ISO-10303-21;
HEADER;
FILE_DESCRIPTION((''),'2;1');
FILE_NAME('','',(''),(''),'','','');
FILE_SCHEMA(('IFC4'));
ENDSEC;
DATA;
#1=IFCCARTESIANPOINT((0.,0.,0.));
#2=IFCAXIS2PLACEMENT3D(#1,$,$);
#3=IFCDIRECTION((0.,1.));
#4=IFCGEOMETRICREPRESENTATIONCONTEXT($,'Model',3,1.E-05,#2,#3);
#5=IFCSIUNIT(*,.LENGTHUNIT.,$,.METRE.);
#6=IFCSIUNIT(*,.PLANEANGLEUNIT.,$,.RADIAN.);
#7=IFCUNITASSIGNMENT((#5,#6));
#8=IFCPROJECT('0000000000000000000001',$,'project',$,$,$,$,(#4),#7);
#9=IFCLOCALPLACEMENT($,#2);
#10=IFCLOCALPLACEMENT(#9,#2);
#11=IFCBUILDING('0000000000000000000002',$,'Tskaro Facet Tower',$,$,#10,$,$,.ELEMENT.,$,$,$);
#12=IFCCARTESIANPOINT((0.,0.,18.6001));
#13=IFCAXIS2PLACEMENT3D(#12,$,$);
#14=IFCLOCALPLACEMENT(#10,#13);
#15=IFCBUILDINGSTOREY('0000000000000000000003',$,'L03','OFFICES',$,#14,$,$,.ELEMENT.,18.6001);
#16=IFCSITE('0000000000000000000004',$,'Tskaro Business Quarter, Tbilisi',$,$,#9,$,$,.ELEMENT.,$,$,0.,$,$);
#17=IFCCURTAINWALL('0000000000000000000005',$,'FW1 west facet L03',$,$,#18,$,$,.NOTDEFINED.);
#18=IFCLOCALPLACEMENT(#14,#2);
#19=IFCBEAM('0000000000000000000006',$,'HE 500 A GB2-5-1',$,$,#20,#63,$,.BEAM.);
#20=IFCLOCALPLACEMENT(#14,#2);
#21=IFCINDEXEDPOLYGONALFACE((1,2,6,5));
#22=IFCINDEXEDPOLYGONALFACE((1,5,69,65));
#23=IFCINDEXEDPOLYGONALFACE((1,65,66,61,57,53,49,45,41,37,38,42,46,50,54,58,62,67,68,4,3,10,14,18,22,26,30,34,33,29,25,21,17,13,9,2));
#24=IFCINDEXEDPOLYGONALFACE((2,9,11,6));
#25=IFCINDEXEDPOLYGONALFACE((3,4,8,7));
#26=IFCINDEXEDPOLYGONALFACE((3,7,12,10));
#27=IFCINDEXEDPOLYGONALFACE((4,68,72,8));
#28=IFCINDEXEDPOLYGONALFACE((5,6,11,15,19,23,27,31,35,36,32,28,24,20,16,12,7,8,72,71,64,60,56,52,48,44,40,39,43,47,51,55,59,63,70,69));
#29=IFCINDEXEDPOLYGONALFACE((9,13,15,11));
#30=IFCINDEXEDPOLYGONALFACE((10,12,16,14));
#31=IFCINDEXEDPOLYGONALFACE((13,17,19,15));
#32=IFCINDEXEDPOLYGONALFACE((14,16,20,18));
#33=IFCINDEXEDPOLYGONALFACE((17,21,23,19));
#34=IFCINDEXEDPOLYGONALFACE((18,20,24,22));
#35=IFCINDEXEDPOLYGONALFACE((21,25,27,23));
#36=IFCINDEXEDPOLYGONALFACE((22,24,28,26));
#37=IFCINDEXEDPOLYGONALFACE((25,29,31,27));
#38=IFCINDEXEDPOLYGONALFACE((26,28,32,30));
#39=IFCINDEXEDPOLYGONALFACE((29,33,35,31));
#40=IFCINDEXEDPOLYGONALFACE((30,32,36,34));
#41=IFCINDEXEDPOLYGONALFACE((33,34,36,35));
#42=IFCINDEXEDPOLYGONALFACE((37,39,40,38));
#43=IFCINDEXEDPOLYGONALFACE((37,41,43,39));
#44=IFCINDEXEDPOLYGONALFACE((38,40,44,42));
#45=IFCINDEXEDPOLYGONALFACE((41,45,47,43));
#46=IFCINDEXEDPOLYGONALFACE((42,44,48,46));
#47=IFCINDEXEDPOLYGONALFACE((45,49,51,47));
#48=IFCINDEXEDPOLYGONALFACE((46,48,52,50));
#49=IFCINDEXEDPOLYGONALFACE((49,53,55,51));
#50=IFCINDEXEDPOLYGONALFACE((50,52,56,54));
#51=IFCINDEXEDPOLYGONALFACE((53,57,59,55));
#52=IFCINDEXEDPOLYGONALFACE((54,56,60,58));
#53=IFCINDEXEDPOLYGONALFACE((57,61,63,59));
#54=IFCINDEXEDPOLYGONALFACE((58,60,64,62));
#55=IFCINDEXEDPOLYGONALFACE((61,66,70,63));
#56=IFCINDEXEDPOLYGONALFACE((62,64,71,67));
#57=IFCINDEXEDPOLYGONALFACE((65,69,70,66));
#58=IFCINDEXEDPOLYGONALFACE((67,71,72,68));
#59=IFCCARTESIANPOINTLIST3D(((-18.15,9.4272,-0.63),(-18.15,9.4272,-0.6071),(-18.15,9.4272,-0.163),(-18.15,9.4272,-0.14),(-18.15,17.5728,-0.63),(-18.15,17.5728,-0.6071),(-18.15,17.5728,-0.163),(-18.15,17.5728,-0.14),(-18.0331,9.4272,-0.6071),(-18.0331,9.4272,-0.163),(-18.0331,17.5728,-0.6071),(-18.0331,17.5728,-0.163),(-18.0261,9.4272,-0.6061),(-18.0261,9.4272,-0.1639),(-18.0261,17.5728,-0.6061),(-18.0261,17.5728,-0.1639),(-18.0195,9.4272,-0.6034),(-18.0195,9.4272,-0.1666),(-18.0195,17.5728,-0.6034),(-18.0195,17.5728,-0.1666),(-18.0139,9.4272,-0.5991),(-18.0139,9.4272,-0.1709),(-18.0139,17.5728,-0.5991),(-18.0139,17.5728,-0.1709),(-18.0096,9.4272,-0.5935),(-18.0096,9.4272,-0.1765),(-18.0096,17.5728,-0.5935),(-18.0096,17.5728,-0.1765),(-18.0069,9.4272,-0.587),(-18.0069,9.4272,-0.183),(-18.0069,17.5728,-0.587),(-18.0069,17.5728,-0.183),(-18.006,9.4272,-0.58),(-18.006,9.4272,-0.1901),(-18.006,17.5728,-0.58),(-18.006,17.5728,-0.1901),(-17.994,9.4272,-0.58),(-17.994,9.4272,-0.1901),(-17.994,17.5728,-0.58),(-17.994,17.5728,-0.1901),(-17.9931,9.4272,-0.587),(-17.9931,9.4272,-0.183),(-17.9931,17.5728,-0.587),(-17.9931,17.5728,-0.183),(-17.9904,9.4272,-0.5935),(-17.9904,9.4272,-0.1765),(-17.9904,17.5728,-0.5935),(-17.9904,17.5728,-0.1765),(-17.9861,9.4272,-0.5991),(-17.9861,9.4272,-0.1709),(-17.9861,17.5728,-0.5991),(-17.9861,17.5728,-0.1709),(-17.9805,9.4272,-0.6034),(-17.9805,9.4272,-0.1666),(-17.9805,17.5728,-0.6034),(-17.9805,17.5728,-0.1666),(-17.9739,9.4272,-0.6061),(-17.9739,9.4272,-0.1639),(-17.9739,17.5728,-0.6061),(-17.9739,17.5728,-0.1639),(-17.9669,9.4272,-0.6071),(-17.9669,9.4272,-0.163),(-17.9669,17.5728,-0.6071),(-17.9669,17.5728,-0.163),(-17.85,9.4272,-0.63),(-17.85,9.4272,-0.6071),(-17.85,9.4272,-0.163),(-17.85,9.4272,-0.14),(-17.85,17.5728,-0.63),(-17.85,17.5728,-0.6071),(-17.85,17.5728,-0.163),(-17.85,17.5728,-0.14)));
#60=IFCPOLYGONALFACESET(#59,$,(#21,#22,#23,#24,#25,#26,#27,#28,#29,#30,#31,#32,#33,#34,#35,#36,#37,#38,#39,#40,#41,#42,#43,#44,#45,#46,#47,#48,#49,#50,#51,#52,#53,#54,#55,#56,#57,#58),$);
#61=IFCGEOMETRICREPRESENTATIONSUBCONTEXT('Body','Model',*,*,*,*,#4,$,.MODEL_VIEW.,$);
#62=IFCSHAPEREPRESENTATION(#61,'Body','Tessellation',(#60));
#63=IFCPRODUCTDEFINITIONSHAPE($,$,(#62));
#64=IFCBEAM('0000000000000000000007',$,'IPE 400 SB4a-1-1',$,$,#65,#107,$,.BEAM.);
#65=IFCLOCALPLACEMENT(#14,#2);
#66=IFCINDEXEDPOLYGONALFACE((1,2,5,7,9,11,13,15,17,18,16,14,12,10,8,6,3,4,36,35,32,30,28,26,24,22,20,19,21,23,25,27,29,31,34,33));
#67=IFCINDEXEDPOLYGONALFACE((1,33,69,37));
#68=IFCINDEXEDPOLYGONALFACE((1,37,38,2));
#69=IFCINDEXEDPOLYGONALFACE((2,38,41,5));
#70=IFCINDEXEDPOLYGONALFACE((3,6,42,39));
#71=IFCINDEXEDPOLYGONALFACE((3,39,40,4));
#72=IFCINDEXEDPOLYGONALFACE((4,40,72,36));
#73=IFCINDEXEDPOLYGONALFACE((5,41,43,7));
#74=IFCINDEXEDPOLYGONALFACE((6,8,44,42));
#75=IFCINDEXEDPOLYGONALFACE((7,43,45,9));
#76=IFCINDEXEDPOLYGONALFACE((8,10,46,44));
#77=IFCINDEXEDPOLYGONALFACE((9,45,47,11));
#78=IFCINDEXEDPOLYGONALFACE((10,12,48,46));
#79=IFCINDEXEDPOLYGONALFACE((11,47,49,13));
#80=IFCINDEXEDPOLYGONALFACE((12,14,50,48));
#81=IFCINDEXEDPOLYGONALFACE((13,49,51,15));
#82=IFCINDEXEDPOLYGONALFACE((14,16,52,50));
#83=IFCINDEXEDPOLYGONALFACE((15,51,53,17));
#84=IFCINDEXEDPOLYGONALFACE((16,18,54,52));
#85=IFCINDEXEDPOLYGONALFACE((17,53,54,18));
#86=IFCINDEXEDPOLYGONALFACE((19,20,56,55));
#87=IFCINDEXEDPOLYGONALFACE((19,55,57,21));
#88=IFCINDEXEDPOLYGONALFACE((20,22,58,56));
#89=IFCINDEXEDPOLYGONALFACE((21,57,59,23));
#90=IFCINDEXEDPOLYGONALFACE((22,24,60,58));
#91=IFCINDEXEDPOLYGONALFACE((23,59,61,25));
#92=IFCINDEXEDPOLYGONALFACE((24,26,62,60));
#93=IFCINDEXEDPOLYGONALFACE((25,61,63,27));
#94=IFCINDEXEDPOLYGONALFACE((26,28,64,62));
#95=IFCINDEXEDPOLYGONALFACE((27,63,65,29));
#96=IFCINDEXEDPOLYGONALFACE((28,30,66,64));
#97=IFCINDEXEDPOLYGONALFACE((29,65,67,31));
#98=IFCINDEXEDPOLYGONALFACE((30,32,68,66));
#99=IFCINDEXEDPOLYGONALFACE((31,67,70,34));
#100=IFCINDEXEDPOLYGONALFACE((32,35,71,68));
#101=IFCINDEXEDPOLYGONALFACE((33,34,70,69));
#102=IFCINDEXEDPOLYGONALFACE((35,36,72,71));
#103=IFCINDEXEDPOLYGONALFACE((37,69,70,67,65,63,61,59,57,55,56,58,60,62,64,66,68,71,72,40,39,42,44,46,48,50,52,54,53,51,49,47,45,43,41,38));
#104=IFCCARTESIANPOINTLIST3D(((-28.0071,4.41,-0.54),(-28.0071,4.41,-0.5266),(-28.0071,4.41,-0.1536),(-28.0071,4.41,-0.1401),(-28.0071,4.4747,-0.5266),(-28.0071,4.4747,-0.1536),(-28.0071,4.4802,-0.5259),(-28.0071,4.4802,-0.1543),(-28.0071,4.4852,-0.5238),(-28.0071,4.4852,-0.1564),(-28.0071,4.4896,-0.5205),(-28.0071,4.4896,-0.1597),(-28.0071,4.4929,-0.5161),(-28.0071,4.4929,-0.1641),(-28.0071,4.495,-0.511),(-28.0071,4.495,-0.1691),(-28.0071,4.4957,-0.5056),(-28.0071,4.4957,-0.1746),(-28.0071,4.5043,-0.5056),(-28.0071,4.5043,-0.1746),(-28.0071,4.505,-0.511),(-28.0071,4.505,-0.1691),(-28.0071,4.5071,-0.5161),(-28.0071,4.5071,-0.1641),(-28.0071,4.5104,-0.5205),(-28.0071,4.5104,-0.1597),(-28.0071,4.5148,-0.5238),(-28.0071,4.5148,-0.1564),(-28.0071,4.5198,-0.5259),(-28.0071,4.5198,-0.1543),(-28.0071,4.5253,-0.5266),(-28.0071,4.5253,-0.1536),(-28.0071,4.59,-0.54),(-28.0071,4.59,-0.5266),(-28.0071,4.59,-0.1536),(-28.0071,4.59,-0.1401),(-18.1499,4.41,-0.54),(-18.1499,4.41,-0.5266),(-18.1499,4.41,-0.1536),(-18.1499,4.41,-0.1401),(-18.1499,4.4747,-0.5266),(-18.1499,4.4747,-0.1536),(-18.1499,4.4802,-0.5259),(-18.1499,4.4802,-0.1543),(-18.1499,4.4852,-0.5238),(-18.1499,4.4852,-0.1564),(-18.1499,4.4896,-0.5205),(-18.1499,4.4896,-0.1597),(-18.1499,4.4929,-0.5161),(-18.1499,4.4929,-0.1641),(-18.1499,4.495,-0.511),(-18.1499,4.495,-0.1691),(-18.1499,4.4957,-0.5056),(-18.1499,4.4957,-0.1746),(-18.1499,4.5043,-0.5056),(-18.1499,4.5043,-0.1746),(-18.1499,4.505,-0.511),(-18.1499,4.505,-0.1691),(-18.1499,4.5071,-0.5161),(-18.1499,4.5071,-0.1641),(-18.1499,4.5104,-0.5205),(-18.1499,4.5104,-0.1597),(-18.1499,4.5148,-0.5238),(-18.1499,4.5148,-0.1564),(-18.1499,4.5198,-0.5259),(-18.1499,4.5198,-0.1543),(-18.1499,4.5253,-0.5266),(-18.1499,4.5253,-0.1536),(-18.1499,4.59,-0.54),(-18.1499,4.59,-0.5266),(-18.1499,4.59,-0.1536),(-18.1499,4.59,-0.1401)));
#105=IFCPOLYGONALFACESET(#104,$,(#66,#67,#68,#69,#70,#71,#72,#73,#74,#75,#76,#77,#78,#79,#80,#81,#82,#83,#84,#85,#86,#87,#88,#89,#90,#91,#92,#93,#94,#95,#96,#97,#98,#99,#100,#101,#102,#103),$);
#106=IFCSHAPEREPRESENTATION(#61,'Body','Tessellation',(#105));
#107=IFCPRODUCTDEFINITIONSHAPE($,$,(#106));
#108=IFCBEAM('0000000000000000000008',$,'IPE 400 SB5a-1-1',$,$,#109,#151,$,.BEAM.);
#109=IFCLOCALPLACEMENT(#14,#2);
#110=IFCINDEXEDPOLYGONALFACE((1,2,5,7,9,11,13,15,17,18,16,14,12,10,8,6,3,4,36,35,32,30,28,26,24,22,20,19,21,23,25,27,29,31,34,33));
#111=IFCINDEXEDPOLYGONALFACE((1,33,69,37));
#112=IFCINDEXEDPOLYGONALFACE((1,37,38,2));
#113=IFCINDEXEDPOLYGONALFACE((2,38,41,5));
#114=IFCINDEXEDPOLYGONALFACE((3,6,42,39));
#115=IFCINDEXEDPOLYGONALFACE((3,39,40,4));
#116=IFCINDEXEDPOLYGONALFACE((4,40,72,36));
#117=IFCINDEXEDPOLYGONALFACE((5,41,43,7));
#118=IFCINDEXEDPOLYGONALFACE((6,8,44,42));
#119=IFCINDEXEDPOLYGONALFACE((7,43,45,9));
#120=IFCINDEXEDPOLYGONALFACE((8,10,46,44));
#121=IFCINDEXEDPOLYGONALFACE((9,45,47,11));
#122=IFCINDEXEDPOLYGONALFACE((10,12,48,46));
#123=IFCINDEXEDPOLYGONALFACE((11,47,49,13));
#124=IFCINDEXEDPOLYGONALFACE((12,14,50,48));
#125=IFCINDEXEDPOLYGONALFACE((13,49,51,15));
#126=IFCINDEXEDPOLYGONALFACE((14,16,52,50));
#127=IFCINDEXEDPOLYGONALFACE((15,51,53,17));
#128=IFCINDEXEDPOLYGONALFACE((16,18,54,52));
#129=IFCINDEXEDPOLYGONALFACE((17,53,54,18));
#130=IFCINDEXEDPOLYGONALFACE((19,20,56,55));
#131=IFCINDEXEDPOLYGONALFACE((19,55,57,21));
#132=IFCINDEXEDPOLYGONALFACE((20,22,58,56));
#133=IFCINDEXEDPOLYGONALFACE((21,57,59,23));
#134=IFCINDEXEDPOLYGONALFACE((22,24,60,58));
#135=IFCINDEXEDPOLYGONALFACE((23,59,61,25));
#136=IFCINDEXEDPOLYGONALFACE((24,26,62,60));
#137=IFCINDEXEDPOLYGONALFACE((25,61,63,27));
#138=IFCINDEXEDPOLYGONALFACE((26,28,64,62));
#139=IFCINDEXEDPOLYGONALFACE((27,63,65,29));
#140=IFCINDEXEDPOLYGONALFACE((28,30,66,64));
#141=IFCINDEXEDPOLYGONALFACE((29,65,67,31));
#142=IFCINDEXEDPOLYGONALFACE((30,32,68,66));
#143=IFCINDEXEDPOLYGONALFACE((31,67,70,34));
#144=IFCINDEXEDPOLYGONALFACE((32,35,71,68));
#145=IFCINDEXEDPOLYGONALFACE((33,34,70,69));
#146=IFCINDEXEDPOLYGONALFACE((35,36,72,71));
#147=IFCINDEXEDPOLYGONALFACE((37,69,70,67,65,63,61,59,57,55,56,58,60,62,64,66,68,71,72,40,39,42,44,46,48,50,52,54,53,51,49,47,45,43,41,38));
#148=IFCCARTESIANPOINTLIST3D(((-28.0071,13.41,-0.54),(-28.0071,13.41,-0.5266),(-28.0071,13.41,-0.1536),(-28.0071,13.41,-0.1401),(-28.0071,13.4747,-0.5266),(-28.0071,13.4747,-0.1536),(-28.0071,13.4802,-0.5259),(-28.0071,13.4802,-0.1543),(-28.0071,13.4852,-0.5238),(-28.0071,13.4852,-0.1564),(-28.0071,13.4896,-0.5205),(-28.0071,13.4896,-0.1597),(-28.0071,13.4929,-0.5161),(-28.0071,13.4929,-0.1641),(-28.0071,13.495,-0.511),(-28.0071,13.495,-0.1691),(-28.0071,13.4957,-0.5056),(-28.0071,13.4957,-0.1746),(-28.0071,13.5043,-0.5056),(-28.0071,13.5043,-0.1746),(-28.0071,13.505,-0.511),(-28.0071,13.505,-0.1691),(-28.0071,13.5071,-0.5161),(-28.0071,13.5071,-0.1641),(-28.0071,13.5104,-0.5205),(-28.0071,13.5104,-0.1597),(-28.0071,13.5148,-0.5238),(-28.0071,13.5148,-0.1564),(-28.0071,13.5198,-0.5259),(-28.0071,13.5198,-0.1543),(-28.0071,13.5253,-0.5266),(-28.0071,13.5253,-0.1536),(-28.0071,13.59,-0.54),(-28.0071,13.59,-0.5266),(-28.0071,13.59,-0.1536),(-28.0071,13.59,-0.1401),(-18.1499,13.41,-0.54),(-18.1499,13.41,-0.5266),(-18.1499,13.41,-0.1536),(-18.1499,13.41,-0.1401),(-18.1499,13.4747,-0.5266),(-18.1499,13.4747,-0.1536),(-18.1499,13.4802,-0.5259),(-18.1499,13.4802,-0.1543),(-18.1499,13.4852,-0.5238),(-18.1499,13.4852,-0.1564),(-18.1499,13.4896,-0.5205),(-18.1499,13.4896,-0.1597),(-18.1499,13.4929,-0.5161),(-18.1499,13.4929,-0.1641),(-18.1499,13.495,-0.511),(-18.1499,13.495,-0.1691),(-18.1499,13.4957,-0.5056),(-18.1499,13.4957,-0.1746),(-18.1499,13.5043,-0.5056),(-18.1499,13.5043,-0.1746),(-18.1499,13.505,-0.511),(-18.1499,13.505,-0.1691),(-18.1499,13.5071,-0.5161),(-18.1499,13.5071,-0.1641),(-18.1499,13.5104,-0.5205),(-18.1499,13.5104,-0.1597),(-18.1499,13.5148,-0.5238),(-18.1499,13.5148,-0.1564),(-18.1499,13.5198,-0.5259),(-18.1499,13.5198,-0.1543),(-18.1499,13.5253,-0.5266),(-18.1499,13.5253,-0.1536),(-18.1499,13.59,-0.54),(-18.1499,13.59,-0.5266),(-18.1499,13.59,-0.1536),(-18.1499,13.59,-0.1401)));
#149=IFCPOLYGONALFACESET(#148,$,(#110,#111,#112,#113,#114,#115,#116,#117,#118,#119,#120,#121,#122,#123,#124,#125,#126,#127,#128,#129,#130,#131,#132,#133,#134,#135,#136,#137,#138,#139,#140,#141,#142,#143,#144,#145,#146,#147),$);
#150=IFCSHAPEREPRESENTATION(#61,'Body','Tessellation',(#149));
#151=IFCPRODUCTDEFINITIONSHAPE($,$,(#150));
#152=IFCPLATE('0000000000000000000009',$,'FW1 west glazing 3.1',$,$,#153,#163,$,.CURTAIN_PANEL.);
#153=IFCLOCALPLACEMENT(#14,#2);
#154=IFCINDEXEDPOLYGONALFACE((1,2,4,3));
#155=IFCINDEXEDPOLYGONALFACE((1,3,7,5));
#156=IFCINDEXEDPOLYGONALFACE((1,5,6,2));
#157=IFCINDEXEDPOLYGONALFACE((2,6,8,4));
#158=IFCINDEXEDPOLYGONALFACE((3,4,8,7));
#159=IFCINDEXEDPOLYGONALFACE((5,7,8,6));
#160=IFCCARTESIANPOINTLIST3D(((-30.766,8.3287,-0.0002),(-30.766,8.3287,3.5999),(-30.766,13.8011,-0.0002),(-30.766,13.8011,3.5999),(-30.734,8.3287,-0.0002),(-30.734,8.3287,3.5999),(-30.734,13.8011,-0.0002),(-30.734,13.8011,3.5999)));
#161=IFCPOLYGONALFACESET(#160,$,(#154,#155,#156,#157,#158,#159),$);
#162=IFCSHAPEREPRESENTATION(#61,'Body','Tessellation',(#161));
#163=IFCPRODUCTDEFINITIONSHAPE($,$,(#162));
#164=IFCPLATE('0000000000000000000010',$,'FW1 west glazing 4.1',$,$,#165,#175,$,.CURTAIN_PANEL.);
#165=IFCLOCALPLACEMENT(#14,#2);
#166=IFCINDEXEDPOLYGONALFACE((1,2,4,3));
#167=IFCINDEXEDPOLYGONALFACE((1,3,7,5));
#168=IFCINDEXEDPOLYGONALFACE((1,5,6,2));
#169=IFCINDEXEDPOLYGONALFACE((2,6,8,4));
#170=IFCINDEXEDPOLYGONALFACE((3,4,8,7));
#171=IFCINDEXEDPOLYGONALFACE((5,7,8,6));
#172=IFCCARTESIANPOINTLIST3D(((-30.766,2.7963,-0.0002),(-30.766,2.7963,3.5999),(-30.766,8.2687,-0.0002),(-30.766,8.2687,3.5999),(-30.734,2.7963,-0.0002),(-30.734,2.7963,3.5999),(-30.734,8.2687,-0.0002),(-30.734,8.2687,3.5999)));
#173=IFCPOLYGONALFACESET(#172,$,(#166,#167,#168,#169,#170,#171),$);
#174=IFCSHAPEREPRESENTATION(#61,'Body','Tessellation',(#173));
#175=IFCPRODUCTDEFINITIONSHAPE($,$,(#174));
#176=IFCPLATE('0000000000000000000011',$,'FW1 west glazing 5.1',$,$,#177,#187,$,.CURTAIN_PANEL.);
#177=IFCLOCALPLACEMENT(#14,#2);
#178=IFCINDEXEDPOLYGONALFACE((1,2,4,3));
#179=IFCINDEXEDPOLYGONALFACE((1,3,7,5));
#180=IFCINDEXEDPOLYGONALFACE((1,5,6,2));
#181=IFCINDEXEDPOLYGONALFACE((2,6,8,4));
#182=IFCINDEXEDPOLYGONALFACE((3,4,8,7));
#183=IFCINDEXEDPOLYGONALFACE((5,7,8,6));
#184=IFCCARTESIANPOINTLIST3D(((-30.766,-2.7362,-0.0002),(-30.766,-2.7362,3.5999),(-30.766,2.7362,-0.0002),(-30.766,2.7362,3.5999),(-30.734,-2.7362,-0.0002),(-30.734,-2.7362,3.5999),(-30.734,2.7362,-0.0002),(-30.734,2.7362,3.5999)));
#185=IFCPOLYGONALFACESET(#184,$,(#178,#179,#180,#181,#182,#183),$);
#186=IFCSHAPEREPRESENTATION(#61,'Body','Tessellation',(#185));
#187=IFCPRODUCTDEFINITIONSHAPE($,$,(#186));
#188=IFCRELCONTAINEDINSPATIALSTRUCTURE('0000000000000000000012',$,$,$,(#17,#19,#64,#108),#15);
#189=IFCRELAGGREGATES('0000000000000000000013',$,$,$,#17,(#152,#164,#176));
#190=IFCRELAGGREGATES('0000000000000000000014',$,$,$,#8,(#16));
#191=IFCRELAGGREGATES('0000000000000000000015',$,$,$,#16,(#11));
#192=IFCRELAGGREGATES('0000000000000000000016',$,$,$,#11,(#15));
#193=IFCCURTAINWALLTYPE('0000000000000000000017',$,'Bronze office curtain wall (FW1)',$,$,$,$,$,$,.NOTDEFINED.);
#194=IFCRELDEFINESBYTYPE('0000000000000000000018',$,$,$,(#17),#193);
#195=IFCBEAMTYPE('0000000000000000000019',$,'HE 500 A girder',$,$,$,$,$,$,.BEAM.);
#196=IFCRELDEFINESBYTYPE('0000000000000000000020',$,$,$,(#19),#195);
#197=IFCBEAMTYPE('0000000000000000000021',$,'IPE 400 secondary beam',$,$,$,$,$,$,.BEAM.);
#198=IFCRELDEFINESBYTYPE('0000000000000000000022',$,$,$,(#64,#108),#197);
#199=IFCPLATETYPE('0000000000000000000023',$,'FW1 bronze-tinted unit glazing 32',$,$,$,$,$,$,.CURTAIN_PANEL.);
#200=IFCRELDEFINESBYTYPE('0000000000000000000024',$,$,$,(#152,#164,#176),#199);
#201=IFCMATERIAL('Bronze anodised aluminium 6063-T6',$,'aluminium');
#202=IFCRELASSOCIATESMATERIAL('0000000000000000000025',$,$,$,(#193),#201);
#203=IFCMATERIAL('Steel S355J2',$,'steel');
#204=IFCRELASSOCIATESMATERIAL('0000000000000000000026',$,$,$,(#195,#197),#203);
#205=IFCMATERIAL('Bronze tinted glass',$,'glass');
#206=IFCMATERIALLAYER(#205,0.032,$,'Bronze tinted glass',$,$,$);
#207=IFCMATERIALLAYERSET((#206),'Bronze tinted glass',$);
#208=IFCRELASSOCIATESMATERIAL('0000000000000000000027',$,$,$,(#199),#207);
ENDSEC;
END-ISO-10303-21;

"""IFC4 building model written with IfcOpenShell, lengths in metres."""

from ifc_helpers import new_model, si_unit, direction, frame, origin, origin_2d, place, context, subcontext, project, spatial, rectangle, i_section, extrude, material, layer, layer_set, material_profile, profile_set, type_object, element, aggregate, save


model = new_model("IFC4")

# Units and contexts
model_context = context("Model", 3, precision=1e-05, world=origin(), true_north=direction((0.0, 1.0)))
body_context = subcontext(model_context, "Body", "Model", "MODEL_VIEW")
ifc_project = project(units=[si_unit("LENGTHUNIT", "METRE"), si_unit("PLANEANGLEUNIT", "RADIAN")], contexts=[model_context])

# Site, building, storey
site_placement = place(None, origin())
site = spatial("IfcSite", under=ifc_project, at=site_placement, Name="Tskaro Business Quarter, Tbilisi", CompositionType="ELEMENT", RefElevation=0.0)
building_placement = place(site_placement, origin())
building = spatial("IfcBuilding", under=site, at=building_placement, Name="Tskaro Facet Tower", CompositionType="ELEMENT")
storey_placement = place(building_placement, frame((0.0, 0.0, 18.6001)))
storey = spatial("IfcBuildingStorey", under=building, at=storey_placement, Name="L03", Description="OFFICES", CompositionType="ELEMENT", Elevation=18.6001)

# Curtain wall
ifc_material_1 = material(Name="Bronze anodised aluminium 6063-T6", Category="aluminium")
curtain_wall_type = type_object("IfcCurtainWallType", Name="Bronze office curtain wall (FW1)", PredefinedType="NOTDEFINED", material=ifc_material_1)
curtain_wall_placement = place(storey_placement, origin())
curtain_wall = element("IfcCurtainWall", 1, at=curtain_wall_placement, inside=storey, type_object=curtain_wall_type, Name="FW1 west facet L03", PredefinedType="NOTDEFINED")

# Beams
ifc_material_2 = material(Name="Steel S355J2", Category="steel")
ifc_material_profile_1 = material_profile(ifc_material_2, i_section(OverallWidth=0.3, OverallDepth=0.49, WebThickness=0.012, FlangeThickness=0.0229, FilletRadius=0.0271, at=origin_2d()), Name="HE 500 A")
ifc_profile_set_1 = profile_set([ifc_material_profile_1], Name="Steel S355J2")
beam_type_1 = type_object("IfcBeamType", Name="HE 500 A girder", PredefinedType="BEAM", material=ifc_profile_set_1)
for number, where, z_axis, x_axis, name in (
    (2, (-18.0, 9.4272, -0.385), (0.0, 1.0, 0.0), (-1.0, 0.0, 0.0), "HE 500 A GB2-5-1"),
):
    element("IfcBeam", number, at=place(storey_placement, frame(where, z_axis=z_axis, x_axis=x_axis)), inside=storey, type_object=beam_type_1, Name=name, PredefinedType="BEAM", context=body_context, shape_type="SweptSolid", body=[
        extrude(i_section(OverallWidth=0.3, OverallDepth=0.49, WebThickness=0.012, FlangeThickness=0.0229, FilletRadius=0.0271, at=origin_2d()), origin(), (0.0, 0.0, 1.0), 8.1455),
    ])
ifc_material_profile_2 = material_profile(ifc_material_2, i_section(OverallWidth=0.1799, OverallDepth=0.3999, WebThickness=0.0085, FlangeThickness=0.0134, FilletRadius=0.021, at=origin_2d()), Name="IPE 400")
ifc_profile_set_2 = profile_set([ifc_material_profile_2], Name="Steel S355J2")
beam_type_2 = type_object("IfcBeamType", Name="IPE 400 secondary beam", PredefinedType="BEAM", material=ifc_profile_set_2)
for number, where, z_axis, x_axis, name in (
    (3, (-28.0071, 4.5, -0.3401), (1.0, 0.0, 0.0), (0.0, 1.0, 0.0), "IPE 400 SB4a-1-1"),
    (4, (-28.0071, 13.5, -0.3401), (1.0, 0.0, 0.0), (0.0, 1.0, 0.0), "IPE 400 SB5a-1-1"),
):
    element("IfcBeam", number, at=place(storey_placement, frame(where, z_axis=z_axis, x_axis=x_axis)), inside=storey, type_object=beam_type_2, Name=name, PredefinedType="BEAM", context=body_context, shape_type="SweptSolid", body=[
        extrude(i_section(OverallWidth=0.1799, OverallDepth=0.3999, WebThickness=0.0085, FlangeThickness=0.0134, FilletRadius=0.021, at=origin_2d()), origin(), (0.0, 0.0, 1.0), 9.8572),
    ])

# Plates
ifc_material_3 = material(Name="Bronze tinted glass", Category="glass")
ifc_layer_1 = layer(ifc_material_3, 0.032, Name="Bronze tinted glass")
ifc_layer_set_1 = layer_set([ifc_layer_1], Name="Bronze tinted glass")
plate_type = type_object("IfcPlateType", Name="FW1 bronze-tinted unit glazing 32", PredefinedType="CURTAIN_PANEL", material=ifc_layer_set_1)
plate_1_placement = place(storey_placement, frame((-30.75, 11.0649, -0.0002), z_axis=(0.0, 0.0, 1.0), x_axis=(0.0, -1.0, 0.0)))
plate_1 = element("IfcPlate", 5, at=plate_1_placement, type_object=plate_type, Name="FW1 west glazing 3.1", PredefinedType="CURTAIN_PANEL", context=body_context, shape_type="SweptSolid", body=[
    extrude(rectangle(XDim=5.4724, YDim=0.032, at=origin_2d()), origin(), (0.0, 0.0, 1.0), 3.6001),
])
plate_2_placement = place(storey_placement, frame((-30.75, 5.5325, -0.0002), z_axis=(0.0, 0.0, 1.0), x_axis=(0.0, -1.0, 0.0)))
plate_2 = element("IfcPlate", 6, at=plate_2_placement, type_object=plate_type, Name="FW1 west glazing 4.1", PredefinedType="CURTAIN_PANEL", context=body_context, shape_type="SweptSolid", body=[
    extrude(rectangle(XDim=5.4724, YDim=0.032, at=origin_2d()), origin(), (0.0, 0.0, 1.0), 3.6001),
])
plate_3_placement = place(storey_placement, frame((-30.75, 0.0, -0.0002), z_axis=(0.0, 0.0, 1.0), x_axis=(0.0, -1.0, 0.0)))
plate_3 = element("IfcPlate", 7, at=plate_3_placement, type_object=plate_type, Name="FW1 west glazing 5.1", PredefinedType="CURTAIN_PANEL", context=body_context, shape_type="SweptSolid", body=[
    extrude(rectangle(XDim=5.4724, YDim=0.032, at=origin_2d()), origin(), (0.0, 0.0, 1.0), 3.6001),
])
aggregate(curtain_wall, [plate_1, plate_2, plate_3])

save(model, "model.ifc")
